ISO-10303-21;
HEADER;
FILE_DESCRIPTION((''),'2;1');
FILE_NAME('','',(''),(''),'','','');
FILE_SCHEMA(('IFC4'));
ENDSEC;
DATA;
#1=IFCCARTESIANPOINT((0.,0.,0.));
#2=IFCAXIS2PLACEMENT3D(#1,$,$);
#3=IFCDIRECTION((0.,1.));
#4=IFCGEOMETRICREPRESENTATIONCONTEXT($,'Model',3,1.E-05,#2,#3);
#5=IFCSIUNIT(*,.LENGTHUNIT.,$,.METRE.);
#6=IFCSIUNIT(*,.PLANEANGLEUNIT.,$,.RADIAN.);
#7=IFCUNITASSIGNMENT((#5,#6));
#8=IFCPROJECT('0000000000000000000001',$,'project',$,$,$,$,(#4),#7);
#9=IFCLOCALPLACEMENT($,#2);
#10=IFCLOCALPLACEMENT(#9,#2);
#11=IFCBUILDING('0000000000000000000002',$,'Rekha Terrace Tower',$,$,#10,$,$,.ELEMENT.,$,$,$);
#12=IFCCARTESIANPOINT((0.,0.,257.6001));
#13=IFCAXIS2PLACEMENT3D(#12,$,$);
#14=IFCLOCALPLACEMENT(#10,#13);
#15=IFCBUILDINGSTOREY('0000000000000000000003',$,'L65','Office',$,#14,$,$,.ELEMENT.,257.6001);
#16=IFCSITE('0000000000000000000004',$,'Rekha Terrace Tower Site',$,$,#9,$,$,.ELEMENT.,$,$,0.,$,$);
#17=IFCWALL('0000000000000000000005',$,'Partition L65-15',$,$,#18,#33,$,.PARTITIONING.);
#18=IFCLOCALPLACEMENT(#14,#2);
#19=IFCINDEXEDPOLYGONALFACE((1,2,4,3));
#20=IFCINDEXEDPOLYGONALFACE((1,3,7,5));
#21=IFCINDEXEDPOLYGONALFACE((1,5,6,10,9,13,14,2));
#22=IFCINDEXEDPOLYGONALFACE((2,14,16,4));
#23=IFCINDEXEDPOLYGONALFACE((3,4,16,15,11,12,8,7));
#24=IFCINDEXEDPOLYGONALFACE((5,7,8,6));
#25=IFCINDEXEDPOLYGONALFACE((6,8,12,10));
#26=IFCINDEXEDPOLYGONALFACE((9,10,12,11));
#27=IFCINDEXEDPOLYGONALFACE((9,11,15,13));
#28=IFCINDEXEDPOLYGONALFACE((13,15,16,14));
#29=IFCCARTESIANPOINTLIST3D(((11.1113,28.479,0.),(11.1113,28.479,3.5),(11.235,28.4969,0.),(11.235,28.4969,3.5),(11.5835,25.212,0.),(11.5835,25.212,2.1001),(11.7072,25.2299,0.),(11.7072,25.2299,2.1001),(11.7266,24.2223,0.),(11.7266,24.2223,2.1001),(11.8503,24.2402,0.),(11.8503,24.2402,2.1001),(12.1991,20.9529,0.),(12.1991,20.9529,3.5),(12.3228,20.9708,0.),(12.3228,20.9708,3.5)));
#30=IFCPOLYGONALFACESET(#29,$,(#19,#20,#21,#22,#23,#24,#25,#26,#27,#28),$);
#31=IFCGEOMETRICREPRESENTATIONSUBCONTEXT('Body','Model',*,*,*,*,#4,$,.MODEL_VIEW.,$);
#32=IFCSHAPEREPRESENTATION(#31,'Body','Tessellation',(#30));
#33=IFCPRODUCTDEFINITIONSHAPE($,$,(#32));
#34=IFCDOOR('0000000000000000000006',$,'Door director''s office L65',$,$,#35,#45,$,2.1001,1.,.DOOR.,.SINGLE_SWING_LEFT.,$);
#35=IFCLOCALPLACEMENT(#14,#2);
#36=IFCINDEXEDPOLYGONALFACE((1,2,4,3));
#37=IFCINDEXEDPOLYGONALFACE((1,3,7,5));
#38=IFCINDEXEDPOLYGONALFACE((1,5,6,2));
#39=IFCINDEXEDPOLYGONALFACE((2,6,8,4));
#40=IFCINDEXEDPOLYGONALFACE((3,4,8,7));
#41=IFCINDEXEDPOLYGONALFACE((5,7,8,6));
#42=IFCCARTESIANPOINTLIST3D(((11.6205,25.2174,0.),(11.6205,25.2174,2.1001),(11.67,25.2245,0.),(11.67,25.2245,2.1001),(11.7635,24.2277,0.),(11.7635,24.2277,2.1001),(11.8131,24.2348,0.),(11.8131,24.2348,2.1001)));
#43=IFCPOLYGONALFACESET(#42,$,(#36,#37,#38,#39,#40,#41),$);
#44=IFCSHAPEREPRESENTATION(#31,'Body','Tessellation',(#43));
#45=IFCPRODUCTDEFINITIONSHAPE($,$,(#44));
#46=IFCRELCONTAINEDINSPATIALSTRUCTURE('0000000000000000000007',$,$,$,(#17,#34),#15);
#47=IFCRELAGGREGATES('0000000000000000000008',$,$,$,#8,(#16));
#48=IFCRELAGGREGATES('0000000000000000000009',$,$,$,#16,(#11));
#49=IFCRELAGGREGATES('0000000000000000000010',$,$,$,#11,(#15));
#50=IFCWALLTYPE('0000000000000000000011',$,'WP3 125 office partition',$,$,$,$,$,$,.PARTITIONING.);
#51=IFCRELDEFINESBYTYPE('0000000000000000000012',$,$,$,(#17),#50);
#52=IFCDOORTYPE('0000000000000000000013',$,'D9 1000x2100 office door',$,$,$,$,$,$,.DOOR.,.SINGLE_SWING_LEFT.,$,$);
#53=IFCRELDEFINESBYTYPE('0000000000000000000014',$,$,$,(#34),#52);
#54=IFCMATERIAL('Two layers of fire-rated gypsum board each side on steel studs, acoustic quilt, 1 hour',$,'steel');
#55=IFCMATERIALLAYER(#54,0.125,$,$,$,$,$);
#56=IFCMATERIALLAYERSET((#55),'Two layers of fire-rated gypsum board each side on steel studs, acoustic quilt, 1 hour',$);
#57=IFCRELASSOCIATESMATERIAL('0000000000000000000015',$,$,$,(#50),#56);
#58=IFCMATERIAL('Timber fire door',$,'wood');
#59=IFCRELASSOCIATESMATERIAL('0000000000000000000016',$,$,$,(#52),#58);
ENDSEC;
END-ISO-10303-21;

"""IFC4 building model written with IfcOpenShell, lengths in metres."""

from ifc_helpers import new_model, si_unit, direction, frame, frame_2d, origin, place, context, subcontext, project, spatial, rectangle, extrude, material, layer, layer_set, type_object, element, fill, save


model = new_model("IFC4")

# Units and contexts
model_context = context("Model", 3, precision=1e-05, world=origin(), true_north=direction((0.0, 1.0)))
body_context = subcontext(model_context, "Body", "Model", "MODEL_VIEW")
ifc_project = project(units=[si_unit("LENGTHUNIT", "METRE"), si_unit("PLANEANGLEUNIT", "RADIAN")], contexts=[model_context])

# Site, building, storey
site_placement = place(None, origin())
site = spatial("IfcSite", under=ifc_project, at=site_placement, Name="Rekha Terrace Tower Site", CompositionType="ELEMENT", RefElevation=0.0)
building_placement = place(site_placement, origin())
building = spatial("IfcBuilding", under=site, at=building_placement, Name="Rekha Terrace Tower", CompositionType="ELEMENT")
storey_placement = place(building_placement, frame((0.0, 0.0, 257.6001)))
storey = spatial("IfcBuildingStorey", under=building, at=storey_placement, Name="L65", Description="Office", CompositionType="ELEMENT", Elevation=257.6001)

# Shared definitions
ifc_material_1 = material(Name="Two layers of fire-rated gypsum board each side on steel studs, acoustic quilt, 1 hour", Category="steel")
ifc_layer_1 = layer(ifc_material_1, 0.125)
ifc_layer_set_1 = layer_set([ifc_layer_1], Name="Two layers of fire-rated gypsum board each side on steel studs, acoustic quilt, 1 hour")
wall_type = type_object("IfcWallType", Name="WP3 125 office partition", PredefinedType="PARTITIONING", material=ifc_layer_set_1)

# Shared definitions
ifc_material_2 = material(Name="Timber fire door", Category="wood")
door_type = type_object("IfcDoorType", Name="D9 1000x2100 office door", OperationType="SINGLE_SWING_LEFT", PredefinedType="DOOR", material=ifc_material_2)

# Wall, opening, door
wall_1_placement = place(storey_placement, frame((11.1731, 28.488, 0.0), z_axis=(0.0, 0.0, 1.0), x_axis=(0.143062, -0.989714, 0.0)))
wall_1 = element("IfcWall", 1, at=wall_1_placement, inside=storey, type_object=wall_type, Name="Partition L65-15", PredefinedType="PARTITIONING", context=body_context, shape_type="SweptSolid", body=[
    extrude(rectangle(XDim=7.6042, YDim=0.125, at=frame_2d((3.8022, 0.0))), origin(), (0.0, 0.0, 1.0), 3.5),
])
opening_1_placement = place(wall_1_placement, frame((3.301, 0.0, 0.0)))
opening_1 = element("IfcOpeningElement", 2, at=opening_1_placement, cuts=wall_1, PredefinedType="OPENING", context=body_context, shape_type="SweptSolid", body=[
    extrude(rectangle(XDim=1.0, YDim=2.1001, at=frame_2d((0.5, 1.05))), frame((0.0, 0.0725, 0.0), z_axis=(0.0, -1.0, 0.0), x_axis=(1.0, 0.0, 0.0)), (0.0, 0.0, 1.0), 0.145),
])
door_1_placement = place(opening_1_placement, origin())
door_1 = element("IfcDoor", 3, at=door_1_placement, inside=storey, type_object=door_type, Name="Door director's office L65", OperationType="SINGLE_SWING_LEFT", OverallHeight=2.1001, OverallWidth=1.0, PredefinedType="DOOR", context=body_context, shape_type="SweptSolid", body=[
    extrude(rectangle(XDim=1.0, YDim=2.1001, at=frame_2d((0.5, 1.05))), frame((0.0, 0.0249, 0.0), z_axis=(0.0, -1.0, 0.0), x_axis=(1.0, 0.0, 0.0)), (0.0, 0.0, 1.0), 0.05),
])
fill(opening_1, door_1)

save(model, "model.ifc")
